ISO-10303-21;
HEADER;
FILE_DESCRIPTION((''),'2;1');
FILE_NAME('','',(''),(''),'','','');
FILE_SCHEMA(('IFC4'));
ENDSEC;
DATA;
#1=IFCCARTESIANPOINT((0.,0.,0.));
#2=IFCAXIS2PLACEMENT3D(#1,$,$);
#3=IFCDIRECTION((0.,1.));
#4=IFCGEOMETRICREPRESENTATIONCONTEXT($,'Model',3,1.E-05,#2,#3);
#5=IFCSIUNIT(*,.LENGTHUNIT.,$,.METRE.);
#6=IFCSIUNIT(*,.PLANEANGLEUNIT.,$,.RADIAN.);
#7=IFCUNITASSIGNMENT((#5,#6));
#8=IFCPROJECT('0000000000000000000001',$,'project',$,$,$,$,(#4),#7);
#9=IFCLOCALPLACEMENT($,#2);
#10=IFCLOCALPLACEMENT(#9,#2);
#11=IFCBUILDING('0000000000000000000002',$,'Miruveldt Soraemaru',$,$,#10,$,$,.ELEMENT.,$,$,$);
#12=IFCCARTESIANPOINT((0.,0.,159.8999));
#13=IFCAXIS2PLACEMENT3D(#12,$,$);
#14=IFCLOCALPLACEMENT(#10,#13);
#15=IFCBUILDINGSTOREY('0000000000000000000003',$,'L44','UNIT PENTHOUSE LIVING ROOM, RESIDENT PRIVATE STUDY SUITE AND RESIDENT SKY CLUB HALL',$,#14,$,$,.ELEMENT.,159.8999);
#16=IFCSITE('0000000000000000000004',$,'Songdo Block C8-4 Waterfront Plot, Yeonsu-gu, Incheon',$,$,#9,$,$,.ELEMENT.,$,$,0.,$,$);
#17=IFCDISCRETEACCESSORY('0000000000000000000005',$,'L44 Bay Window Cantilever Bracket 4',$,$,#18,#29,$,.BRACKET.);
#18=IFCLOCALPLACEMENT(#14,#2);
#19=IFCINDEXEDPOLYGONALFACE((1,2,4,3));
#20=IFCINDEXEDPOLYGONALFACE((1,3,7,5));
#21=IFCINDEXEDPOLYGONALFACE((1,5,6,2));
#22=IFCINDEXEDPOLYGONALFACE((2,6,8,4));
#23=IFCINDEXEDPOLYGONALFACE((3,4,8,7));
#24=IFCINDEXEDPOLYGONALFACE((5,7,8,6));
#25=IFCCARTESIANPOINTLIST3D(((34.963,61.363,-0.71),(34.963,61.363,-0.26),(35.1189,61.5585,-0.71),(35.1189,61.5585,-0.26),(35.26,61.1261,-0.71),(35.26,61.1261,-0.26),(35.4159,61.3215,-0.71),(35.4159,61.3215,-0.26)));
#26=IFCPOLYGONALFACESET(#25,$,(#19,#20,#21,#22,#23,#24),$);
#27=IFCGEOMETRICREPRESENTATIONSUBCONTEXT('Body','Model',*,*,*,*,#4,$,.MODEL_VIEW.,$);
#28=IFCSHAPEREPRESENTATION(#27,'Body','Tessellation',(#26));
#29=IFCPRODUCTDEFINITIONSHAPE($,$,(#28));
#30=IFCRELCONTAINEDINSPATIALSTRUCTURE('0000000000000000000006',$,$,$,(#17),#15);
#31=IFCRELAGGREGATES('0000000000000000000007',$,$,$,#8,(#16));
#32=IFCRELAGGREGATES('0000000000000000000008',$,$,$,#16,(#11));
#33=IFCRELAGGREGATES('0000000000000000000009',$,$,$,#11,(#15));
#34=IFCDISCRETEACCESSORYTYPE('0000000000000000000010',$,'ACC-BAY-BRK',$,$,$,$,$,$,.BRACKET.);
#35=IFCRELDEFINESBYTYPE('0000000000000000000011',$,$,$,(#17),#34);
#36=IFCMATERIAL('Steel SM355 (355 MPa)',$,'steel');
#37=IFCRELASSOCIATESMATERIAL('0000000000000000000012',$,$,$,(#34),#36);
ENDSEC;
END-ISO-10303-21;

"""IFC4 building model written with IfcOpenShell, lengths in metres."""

from ifc_helpers import new_model, si_unit, direction, frame, origin, origin_2d, place, context, subcontext, project, spatial, rectangle, extrude, material, type_object, element, save


model = new_model("IFC4")

# Units and contexts
model_context = context("Model", 3, precision=1e-05, world=origin(), true_north=direction((0.0, 1.0)))
body_context = subcontext(model_context, "Body", "Model", "MODEL_VIEW")
ifc_project = project(units=[si_unit("LENGTHUNIT", "METRE"), si_unit("PLANEANGLEUNIT", "RADIAN")], contexts=[model_context])

# Site, building, storey
site_placement = place(None, origin())
site = spatial("IfcSite", under=ifc_project, at=site_placement, Name="Songdo Block C8-4 Waterfront Plot, Yeonsu-gu, Incheon", CompositionType="ELEMENT", RefElevation=0.0)
building_placement = place(site_placement, origin())
building = spatial("IfcBuilding", under=site, at=building_placement, Name="Miruveldt Soraemaru", CompositionType="ELEMENT")
storey_placement = place(building_placement, frame((0.0, 0.0, 159.8999)))
storey = spatial("IfcBuildingStorey", under=building, at=storey_placement, Name="L44", Description="UNIT PENTHOUSE LIVING ROOM, RESIDENT PRIVATE STUDY SUITE AND RESIDENT SKY CLUB HALL", CompositionType="ELEMENT", Elevation=159.8999)

# Discrete accessory
ifc_material_1 = material(Name="Steel SM355 (355 MPa)", Category="steel")
discrete_accessory_type = type_object("IfcDiscreteAccessoryType", Name="ACC-BAY-BRK", PredefinedType="BRACKET", material=ifc_material_1)
discrete_accessory_placement = place(storey_placement, frame((35.1895, 61.3423, -0.71), z_axis=(0.0, 0.0, 1.0), x_axis=(-0.781727, 0.62362, 0.0)))
element("IfcDiscreteAccessory", 1, at=discrete_accessory_placement, inside=storey, type_object=discrete_accessory_type, Name="L44 Bay Window Cantilever Bracket 4", PredefinedType="BRACKET", context=body_context, shape_type="SweptSolid", body=[
    extrude(rectangle(XDim=0.3799, YDim=0.25, at=origin_2d()), origin(), (0.0, 0.0, 1.0), 0.45),
])

save(model, "model.ifc")
